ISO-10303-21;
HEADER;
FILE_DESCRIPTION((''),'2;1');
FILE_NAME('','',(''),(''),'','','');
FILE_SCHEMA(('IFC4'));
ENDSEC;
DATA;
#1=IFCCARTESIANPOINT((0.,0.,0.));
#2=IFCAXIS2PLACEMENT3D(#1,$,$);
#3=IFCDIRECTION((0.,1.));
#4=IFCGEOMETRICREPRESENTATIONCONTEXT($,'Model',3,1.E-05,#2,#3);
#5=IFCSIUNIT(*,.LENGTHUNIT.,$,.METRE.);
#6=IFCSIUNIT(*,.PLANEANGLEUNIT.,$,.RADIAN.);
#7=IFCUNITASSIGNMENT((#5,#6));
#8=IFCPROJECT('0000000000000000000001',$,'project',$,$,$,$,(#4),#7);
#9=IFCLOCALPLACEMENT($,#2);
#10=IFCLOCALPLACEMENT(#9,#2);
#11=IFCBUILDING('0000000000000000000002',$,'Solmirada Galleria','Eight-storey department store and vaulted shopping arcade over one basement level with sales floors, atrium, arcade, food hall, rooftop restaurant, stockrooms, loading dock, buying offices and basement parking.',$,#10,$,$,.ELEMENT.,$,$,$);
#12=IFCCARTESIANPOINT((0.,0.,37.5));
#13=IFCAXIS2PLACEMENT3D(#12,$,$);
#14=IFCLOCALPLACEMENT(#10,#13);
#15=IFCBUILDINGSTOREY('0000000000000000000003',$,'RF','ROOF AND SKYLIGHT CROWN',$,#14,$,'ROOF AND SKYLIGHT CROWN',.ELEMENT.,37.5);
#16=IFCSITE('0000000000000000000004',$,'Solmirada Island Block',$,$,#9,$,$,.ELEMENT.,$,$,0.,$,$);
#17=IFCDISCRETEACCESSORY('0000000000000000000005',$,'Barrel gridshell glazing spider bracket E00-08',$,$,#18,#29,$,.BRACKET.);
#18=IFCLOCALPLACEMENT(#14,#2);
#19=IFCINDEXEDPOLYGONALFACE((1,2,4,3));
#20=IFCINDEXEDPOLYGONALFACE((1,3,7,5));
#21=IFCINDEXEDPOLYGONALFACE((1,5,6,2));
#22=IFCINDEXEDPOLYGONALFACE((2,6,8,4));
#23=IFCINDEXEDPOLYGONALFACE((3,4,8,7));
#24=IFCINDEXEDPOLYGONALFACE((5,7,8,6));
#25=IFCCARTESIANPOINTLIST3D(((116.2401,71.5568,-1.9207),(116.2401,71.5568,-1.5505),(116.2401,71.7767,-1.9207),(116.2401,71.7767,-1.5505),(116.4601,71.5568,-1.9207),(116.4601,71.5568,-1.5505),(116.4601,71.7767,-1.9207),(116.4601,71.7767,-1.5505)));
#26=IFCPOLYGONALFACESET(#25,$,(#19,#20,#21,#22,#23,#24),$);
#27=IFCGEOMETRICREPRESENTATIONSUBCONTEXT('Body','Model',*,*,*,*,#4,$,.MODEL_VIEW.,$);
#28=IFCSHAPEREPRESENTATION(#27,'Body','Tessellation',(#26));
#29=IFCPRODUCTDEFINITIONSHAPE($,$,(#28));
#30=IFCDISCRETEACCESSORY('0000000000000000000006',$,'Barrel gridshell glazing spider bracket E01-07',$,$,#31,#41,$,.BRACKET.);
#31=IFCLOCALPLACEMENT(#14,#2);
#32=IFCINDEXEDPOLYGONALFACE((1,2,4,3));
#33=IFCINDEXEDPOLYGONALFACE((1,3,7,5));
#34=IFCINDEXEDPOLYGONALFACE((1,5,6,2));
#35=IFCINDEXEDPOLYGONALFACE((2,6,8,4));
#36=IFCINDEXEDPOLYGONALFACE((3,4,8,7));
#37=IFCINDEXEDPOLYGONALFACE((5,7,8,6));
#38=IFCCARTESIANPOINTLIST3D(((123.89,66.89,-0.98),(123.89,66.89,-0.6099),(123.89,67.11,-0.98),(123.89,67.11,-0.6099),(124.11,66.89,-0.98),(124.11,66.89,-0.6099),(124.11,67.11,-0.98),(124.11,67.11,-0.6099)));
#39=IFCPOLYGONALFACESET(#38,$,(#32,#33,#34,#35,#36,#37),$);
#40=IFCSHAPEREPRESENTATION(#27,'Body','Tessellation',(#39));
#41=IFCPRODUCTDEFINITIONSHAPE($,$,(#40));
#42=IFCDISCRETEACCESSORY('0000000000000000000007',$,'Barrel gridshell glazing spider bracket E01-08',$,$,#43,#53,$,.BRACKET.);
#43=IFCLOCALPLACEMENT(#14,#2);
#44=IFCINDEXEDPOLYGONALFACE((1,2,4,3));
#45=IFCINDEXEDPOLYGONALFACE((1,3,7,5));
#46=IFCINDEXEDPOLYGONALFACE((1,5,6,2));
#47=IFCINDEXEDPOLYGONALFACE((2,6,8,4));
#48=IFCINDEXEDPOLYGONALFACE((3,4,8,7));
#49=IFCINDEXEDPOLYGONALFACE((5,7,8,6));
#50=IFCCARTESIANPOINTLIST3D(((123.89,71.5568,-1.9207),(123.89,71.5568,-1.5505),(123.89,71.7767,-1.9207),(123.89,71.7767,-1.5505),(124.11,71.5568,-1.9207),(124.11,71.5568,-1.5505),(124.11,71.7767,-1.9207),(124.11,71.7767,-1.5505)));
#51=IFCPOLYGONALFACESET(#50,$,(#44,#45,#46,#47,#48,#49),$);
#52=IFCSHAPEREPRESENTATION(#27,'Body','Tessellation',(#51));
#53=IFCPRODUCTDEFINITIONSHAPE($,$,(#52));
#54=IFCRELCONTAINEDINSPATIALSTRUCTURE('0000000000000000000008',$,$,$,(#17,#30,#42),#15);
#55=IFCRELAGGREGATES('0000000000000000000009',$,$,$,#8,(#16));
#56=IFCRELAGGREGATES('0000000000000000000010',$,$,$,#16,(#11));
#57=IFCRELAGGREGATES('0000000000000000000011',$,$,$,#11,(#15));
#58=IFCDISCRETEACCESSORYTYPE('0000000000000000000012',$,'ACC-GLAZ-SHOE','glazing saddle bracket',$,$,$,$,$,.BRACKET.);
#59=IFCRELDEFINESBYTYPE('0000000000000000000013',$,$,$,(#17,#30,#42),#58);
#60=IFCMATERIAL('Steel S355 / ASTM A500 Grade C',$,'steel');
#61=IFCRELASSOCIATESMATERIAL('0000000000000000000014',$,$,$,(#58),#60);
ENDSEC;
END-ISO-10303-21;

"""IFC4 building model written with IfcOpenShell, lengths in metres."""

from ifc_helpers import new_model, si_unit, direction, frame, origin, origin_2d, place, context, subcontext, project, spatial, rectangle, extrude, material, type_object, element, save


model = new_model("IFC4")

# Units and contexts
model_context = context("Model", 3, precision=1e-05, world=origin(), true_north=direction((0.0, 1.0)))
body_context = subcontext(model_context, "Body", "Model", "MODEL_VIEW")
ifc_project = project(units=[si_unit("LENGTHUNIT", "METRE"), si_unit("PLANEANGLEUNIT", "RADIAN")], contexts=[model_context])

# Site, building, storey
site_placement = place(None, origin())
site = spatial("IfcSite", under=ifc_project, at=site_placement, Name="Solmirada Island Block", CompositionType="ELEMENT", RefElevation=0.0)
building_placement = place(site_placement, origin())
building = spatial("IfcBuilding", under=site, at=building_placement, Name="Solmirada Galleria", Description="Eight-storey department store and vaulted shopping arcade over one basement level with sales floors, atrium, arcade, food hall, rooftop restaurant, stockrooms, loading dock, buying offices and basement parking.", CompositionType="ELEMENT")
storey_placement = place(building_placement, frame((0.0, 0.0, 37.5)))
storey = spatial("IfcBuildingStorey", under=building, at=storey_placement, Name="RF", Description="ROOF AND SKYLIGHT CROWN", LongName="ROOF AND SKYLIGHT CROWN", CompositionType="ELEMENT", Elevation=37.5)

# Shared definitions
ifc_material_1 = material(Name="Steel S355 / ASTM A500 Grade C", Category="steel")

# Discrete accessories
discrete_accessory_type = type_object("IfcDiscreteAccessoryType", Name="ACC-GLAZ-SHOE", Description="glazing saddle bracket", PredefinedType="BRACKET", material=ifc_material_1)
for number, where, z_axis, x_axis, name in (
    (1, (116.3501, 71.6667, -1.9207), (0.0, 0.0, 1.0), (1.0, 0.0, 0.0), "Barrel gridshell glazing spider bracket E00-08"),
    (2, (124.0, 67.0, -0.98), (0.0, 0.0, 1.0), (1.0, 0.0, 0.0), "Barrel gridshell glazing spider bracket E01-07"),
    (3, (124.0, 71.6667, -1.9207), (0.0, 0.0, 1.0), (1.0, 0.0, 0.0), "Barrel gridshell glazing spider bracket E01-08"),
):
    element("IfcDiscreteAccessory", number, at=place(storey_placement, frame(where, z_axis=z_axis, x_axis=x_axis)), inside=storey, type_object=discrete_accessory_type, Name=name, PredefinedType="BRACKET", context=body_context, shape_type="SweptSolid", body=[
        extrude(rectangle(XDim=0.22, YDim=0.22, at=origin_2d()), origin(), (0.0, 0.0, 1.0), 0.3701),
    ])

save(model, "model.ifc")
